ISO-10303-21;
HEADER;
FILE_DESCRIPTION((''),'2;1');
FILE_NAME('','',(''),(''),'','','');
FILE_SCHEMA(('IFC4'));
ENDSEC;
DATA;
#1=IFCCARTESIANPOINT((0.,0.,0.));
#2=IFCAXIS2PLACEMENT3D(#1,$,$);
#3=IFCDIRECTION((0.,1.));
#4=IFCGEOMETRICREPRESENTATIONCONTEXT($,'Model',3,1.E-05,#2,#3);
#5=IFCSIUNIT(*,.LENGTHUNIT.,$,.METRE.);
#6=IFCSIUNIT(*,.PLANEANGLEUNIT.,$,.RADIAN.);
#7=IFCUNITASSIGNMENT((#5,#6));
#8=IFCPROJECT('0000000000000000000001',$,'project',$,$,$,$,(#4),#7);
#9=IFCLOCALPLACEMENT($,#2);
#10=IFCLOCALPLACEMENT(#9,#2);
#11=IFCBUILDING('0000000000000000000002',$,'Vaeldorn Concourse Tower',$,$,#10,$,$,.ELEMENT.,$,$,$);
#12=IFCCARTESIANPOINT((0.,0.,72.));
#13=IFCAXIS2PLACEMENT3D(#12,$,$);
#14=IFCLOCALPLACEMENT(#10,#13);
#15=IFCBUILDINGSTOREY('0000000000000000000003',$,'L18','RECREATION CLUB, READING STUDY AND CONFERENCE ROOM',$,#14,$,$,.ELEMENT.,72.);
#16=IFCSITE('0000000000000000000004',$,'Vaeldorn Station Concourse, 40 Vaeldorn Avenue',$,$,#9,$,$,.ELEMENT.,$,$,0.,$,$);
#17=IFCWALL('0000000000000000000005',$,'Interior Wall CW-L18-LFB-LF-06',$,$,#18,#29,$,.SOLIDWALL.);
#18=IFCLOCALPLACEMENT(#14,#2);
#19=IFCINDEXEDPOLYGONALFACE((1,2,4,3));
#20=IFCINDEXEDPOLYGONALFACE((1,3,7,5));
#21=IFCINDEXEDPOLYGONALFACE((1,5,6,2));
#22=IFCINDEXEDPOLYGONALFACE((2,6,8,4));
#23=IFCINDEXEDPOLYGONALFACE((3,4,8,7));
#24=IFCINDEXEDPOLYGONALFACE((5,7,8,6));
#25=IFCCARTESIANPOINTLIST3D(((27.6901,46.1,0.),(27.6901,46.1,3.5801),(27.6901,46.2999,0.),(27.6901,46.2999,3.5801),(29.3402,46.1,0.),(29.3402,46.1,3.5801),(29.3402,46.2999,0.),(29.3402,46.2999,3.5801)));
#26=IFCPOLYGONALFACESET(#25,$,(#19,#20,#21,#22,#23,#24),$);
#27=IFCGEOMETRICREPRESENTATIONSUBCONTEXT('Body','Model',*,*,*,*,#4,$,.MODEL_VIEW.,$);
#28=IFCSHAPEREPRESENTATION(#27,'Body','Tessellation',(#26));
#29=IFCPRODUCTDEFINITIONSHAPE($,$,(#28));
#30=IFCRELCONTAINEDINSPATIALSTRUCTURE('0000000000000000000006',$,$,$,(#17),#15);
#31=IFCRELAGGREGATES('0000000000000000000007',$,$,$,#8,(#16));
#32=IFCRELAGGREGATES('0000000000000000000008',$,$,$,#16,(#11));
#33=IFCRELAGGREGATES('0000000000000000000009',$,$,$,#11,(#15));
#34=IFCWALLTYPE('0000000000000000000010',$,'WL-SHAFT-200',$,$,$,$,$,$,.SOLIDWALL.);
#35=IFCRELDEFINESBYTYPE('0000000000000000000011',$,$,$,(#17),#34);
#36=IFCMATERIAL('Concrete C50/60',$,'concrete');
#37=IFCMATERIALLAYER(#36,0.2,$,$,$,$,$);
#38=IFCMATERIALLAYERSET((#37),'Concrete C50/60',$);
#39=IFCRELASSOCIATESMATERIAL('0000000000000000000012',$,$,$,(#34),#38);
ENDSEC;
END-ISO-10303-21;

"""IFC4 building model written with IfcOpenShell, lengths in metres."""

from ifc_helpers import new_model, si_unit, direction, frame, frame_2d, origin, place, context, subcontext, project, spatial, rectangle, extrude, material, layer, layer_set, type_object, element, save


model = new_model("IFC4")

# Units and contexts
model_context = context("Model", 3, precision=1e-05, world=origin(), true_north=direction((0.0, 1.0)))
body_context = subcontext(model_context, "Body", "Model", "MODEL_VIEW")
ifc_project = project(units=[si_unit("LENGTHUNIT", "METRE"), si_unit("PLANEANGLEUNIT", "RADIAN")], contexts=[model_context])

# Site, building, storey
site_placement = place(None, origin())
site = spatial("IfcSite", under=ifc_project, at=site_placement, Name="Vaeldorn Station Concourse, 40 Vaeldorn Avenue", CompositionType="ELEMENT", RefElevation=0.0)
building_placement = place(site_placement, origin())
building = spatial("IfcBuilding", under=site, at=building_placement, Name="Vaeldorn Concourse Tower", CompositionType="ELEMENT")
storey_placement = place(building_placement, frame((0.0, 0.0, 72.0)))
storey = spatial("IfcBuildingStorey", under=building, at=storey_placement, Name="L18", Description="RECREATION CLUB, READING STUDY AND CONFERENCE ROOM", CompositionType="ELEMENT", Elevation=72.0)

# Shared definitions
ifc_material_1 = material(Name="Concrete C50/60", Category="concrete")
ifc_layer_1 = layer(ifc_material_1, 0.2)
ifc_layer_set_1 = layer_set([ifc_layer_1], Name="Concrete C50/60")
wall_type_1 = type_object("IfcWallType", Name="WL-SHAFT-200", PredefinedType="SOLIDWALL", material=ifc_layer_set_1)

# Wall
wall_1_placement = place(storey_placement, frame((27.6899, 46.2, 0.0), z_axis=(0.0, 0.0, 1.0), x_axis=(1.0, 0.0, 0.0)))
element("IfcWall", 1, at=wall_1_placement, inside=storey, type_object=wall_type_1, Name="Interior Wall CW-L18-LFB-LF-06", PredefinedType="SOLIDWALL", context=body_context, shape_type="SweptSolid", body=[
    extrude(rectangle(XDim=1.6501, YDim=0.2, at=frame_2d((0.8252, 0.0))), origin(), (0.0, 0.0, 1.0), 3.5801),
])

save(model, "model.ifc")
